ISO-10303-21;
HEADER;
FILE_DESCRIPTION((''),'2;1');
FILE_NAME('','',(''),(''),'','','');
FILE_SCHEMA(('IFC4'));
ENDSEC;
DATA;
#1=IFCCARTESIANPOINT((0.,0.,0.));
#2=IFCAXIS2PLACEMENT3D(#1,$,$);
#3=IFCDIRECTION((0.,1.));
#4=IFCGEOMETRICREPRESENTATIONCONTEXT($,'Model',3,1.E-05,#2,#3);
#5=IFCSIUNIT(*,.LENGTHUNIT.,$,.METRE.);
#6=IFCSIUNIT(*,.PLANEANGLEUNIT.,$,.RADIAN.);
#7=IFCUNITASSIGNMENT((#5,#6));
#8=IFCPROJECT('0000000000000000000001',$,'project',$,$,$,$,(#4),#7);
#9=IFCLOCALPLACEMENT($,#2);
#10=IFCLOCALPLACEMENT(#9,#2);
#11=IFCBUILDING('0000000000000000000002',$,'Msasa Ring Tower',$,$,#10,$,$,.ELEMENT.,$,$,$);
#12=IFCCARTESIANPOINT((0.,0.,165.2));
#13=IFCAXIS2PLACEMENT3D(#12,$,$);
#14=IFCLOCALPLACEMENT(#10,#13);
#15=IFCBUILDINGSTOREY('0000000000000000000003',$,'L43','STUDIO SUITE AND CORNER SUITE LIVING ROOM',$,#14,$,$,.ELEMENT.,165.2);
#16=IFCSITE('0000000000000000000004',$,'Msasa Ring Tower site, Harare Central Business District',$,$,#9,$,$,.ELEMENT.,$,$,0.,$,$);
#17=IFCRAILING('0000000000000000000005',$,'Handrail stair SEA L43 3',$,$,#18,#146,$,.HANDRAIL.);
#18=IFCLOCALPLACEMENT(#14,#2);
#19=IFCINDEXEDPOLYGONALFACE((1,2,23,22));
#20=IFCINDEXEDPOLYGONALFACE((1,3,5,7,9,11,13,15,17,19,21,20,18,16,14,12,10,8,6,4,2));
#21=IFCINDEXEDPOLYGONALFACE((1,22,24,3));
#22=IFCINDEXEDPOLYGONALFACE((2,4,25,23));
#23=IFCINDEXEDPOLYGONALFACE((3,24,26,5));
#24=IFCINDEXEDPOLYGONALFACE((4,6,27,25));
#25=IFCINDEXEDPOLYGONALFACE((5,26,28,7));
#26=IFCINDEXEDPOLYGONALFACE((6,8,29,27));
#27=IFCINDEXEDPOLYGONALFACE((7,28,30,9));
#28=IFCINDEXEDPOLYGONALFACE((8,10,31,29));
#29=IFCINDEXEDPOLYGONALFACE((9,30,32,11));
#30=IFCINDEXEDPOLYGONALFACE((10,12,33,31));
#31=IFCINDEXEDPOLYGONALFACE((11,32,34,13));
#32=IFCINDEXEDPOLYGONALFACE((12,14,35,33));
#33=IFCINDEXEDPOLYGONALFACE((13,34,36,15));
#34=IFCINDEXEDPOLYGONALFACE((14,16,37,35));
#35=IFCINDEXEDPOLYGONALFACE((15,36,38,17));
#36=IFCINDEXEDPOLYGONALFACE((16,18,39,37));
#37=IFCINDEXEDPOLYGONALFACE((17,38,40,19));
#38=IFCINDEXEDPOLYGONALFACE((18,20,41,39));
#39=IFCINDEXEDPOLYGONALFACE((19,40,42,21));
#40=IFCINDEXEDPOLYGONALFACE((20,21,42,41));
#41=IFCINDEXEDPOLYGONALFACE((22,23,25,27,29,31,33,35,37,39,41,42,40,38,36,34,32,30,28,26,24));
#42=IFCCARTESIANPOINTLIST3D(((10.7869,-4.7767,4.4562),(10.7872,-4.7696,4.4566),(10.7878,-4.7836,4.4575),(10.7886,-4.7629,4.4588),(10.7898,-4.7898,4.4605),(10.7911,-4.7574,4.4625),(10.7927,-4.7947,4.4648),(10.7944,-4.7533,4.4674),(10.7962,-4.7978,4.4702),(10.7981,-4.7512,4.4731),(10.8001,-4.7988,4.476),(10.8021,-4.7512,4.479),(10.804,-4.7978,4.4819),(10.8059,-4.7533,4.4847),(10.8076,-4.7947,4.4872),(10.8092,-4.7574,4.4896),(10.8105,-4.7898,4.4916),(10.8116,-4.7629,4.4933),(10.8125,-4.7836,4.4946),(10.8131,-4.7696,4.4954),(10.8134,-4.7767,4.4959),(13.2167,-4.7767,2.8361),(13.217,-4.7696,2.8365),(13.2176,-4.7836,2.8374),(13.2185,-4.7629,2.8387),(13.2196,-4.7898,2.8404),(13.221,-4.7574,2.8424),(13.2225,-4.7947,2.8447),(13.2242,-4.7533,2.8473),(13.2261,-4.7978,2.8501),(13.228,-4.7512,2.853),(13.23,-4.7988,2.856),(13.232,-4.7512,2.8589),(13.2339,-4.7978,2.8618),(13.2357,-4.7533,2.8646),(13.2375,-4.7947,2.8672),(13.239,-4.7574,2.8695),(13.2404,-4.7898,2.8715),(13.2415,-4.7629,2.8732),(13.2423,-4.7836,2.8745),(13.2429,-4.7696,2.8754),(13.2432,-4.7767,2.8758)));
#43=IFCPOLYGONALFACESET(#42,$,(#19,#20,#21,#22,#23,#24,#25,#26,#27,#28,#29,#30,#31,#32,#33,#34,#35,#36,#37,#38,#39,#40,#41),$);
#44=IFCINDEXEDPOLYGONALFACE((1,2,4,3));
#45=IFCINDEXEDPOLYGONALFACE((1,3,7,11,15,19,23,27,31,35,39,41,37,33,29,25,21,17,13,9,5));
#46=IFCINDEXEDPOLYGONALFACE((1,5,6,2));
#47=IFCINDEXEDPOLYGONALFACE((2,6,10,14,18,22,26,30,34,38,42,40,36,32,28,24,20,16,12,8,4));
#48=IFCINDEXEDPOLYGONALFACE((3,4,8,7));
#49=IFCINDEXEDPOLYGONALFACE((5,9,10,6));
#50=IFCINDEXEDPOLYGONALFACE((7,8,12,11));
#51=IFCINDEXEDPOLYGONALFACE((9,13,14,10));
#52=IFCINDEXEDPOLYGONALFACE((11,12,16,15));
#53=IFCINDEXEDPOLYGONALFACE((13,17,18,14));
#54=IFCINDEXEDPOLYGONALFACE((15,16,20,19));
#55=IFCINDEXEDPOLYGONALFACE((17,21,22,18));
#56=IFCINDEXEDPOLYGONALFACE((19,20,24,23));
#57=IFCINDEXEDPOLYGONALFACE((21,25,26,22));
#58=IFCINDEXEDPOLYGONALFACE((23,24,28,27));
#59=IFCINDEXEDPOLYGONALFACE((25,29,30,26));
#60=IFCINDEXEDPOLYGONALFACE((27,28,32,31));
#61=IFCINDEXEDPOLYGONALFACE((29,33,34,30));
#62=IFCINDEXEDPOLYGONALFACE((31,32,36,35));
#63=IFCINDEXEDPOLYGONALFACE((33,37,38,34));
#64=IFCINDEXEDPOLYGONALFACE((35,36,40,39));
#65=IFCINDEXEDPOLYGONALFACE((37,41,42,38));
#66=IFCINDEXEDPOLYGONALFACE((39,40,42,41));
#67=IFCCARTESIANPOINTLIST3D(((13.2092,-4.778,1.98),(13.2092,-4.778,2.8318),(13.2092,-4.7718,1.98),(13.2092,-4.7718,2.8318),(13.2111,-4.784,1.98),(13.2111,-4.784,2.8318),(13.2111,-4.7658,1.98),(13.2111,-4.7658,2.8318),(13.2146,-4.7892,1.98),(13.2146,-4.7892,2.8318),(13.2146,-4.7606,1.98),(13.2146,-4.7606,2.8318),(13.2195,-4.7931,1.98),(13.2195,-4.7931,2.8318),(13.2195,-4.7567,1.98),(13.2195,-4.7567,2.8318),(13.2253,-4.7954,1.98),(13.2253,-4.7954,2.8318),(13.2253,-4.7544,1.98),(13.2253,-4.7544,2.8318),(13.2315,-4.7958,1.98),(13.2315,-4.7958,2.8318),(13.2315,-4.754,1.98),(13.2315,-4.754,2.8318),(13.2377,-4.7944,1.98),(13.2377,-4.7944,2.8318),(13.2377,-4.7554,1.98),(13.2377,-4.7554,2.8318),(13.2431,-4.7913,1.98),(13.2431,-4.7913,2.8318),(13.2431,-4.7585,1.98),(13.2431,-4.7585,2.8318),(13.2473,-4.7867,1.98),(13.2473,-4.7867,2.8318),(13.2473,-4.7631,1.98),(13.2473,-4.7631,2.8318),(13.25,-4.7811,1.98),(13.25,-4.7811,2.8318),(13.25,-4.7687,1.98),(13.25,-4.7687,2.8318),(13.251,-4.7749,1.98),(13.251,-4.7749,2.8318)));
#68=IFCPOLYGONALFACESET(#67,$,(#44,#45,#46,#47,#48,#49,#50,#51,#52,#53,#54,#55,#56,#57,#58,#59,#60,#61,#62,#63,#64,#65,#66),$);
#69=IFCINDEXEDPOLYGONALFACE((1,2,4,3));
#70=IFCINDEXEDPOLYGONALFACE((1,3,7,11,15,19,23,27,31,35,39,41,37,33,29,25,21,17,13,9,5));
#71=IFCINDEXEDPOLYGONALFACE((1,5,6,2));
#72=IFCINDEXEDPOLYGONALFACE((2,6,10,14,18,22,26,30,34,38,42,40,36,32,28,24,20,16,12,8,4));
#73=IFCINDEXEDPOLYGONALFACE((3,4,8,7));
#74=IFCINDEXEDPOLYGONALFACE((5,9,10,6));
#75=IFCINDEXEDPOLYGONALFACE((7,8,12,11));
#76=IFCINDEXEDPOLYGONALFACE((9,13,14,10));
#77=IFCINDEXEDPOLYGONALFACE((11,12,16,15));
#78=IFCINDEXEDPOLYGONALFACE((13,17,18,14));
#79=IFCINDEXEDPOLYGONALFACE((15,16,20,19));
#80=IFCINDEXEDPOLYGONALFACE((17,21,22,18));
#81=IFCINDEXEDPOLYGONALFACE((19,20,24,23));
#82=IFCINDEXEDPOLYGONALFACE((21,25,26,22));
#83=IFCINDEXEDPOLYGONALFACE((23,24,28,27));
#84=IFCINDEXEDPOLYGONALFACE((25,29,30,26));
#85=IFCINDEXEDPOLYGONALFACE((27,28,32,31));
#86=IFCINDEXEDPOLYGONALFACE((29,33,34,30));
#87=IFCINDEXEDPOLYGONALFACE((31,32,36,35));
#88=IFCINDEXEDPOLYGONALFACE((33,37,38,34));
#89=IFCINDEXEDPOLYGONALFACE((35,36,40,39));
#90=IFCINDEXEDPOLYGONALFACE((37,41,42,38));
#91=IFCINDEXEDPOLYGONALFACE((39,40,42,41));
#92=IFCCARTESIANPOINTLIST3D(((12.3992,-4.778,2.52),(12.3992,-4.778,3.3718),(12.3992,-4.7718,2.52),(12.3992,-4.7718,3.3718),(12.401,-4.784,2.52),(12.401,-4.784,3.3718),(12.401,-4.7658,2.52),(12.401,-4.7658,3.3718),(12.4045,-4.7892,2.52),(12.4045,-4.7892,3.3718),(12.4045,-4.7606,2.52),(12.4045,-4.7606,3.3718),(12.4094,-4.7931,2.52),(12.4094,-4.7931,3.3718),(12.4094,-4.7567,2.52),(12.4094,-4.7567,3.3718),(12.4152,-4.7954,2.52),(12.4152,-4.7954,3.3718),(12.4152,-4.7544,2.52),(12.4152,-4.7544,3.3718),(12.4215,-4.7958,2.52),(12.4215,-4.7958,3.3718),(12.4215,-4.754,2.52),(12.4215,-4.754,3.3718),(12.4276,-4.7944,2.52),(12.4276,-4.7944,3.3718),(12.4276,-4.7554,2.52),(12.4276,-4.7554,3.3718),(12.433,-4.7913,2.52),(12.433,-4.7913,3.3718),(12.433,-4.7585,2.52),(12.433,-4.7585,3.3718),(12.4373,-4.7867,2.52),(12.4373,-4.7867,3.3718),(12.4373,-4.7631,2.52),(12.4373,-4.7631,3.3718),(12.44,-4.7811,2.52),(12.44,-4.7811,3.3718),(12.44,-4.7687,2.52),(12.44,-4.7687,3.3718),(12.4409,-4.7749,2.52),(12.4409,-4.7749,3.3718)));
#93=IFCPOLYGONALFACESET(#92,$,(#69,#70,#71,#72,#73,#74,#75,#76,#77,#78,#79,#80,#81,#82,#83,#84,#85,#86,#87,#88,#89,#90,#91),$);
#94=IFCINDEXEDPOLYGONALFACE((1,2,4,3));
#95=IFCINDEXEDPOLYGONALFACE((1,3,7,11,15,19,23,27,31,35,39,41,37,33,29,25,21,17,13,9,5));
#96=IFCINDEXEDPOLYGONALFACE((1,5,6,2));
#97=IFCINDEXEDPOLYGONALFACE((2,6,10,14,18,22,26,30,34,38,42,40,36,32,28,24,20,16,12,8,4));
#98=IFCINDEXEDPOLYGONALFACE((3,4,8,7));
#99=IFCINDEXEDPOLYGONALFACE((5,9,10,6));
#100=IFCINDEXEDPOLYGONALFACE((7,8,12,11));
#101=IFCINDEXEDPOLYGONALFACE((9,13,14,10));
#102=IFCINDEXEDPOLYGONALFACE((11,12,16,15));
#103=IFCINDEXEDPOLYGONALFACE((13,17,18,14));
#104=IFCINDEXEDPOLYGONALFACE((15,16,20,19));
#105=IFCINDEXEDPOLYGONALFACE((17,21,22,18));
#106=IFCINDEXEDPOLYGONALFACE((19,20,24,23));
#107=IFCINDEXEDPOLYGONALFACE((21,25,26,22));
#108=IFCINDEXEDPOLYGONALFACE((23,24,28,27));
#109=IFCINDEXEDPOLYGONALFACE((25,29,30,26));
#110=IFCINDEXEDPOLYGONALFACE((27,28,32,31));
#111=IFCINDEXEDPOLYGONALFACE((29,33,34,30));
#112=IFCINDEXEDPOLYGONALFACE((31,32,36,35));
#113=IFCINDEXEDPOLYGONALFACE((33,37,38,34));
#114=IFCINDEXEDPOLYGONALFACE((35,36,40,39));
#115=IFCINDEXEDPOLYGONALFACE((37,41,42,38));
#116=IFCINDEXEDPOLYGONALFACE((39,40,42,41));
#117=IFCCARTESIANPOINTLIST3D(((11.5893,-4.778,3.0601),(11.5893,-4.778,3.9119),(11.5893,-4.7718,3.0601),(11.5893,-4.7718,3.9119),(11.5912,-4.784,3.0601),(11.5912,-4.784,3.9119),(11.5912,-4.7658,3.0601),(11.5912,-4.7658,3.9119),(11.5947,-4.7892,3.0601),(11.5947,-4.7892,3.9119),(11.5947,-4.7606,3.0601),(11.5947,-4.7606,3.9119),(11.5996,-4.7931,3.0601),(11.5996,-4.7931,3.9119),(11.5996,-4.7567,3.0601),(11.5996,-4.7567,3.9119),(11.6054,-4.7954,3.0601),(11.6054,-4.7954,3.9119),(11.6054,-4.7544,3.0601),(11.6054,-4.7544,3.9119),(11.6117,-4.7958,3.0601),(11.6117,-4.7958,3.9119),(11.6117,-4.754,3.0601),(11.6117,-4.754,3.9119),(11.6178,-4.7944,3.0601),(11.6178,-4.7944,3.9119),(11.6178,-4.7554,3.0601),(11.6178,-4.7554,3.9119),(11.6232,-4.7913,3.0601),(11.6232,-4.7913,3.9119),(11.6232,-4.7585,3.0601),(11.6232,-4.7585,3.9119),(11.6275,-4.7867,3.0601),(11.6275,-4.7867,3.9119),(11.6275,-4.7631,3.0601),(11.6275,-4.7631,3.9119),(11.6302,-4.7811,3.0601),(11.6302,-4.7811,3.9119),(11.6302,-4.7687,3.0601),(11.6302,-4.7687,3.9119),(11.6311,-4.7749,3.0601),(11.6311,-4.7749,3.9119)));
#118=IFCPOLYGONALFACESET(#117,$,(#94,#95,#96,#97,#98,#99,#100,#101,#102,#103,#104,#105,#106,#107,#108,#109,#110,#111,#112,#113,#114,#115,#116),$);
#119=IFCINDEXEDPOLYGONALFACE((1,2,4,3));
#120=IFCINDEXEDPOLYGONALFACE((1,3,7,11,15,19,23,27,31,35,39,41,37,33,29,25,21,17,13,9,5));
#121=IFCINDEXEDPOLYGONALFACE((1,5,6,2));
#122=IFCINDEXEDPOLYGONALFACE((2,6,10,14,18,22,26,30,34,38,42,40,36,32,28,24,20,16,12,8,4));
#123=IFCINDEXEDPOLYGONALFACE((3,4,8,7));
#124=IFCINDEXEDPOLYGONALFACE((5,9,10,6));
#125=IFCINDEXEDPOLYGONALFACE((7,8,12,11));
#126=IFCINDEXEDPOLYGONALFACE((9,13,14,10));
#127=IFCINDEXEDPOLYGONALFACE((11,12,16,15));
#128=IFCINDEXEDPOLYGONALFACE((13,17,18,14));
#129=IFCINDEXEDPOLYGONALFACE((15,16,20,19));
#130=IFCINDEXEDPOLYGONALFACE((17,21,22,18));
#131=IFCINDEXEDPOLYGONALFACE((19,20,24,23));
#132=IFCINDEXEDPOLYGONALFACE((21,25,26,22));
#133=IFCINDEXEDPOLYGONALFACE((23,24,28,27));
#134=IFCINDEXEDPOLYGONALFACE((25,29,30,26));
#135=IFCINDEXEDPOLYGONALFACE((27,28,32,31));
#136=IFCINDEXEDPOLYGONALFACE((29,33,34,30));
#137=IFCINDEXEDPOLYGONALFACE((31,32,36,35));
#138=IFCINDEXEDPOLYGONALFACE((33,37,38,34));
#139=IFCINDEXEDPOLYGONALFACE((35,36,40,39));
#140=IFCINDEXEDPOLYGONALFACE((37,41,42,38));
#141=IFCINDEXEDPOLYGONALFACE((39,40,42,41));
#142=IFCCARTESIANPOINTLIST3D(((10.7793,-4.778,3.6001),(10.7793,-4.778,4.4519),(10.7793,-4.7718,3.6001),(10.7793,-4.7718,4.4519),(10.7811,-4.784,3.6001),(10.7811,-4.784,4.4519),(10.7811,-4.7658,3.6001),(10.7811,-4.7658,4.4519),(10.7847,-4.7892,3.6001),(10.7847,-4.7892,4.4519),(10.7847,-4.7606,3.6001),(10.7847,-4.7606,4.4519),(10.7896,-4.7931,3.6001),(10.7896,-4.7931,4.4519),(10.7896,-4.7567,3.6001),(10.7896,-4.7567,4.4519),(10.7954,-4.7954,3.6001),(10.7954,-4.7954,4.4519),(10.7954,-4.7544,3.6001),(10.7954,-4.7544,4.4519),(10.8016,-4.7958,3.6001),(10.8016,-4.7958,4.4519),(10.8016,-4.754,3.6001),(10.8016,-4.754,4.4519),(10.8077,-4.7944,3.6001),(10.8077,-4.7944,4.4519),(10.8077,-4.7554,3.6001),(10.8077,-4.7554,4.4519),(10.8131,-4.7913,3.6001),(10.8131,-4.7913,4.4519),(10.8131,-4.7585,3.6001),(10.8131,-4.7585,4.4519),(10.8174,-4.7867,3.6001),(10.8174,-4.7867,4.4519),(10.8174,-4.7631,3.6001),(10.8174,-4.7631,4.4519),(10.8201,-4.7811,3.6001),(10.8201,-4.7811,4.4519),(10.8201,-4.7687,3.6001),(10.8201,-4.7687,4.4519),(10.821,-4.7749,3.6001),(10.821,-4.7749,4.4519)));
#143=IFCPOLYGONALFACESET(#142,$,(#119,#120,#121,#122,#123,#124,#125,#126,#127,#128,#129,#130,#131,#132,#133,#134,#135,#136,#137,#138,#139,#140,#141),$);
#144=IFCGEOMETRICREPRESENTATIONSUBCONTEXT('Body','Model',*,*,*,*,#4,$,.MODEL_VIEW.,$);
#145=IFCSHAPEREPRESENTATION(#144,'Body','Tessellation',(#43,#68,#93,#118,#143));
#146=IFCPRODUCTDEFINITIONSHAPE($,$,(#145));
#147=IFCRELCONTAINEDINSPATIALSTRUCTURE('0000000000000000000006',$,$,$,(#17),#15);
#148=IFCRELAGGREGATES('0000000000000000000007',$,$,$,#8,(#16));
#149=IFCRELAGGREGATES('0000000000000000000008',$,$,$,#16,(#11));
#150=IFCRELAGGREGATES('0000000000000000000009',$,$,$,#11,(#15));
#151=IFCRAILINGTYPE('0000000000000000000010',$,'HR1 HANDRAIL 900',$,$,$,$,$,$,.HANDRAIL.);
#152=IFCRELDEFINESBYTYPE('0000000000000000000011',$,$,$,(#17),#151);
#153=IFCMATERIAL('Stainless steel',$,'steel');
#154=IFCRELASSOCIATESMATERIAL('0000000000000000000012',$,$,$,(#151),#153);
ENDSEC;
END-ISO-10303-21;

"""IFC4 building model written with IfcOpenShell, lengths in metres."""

from ifc_helpers import new_model, si_unit, direction, frame, origin, origin_2d, place, context, subcontext, project, spatial, circle, extrude, material, type_object, element, save


model = new_model("IFC4")

# Units and contexts
model_context = context("Model", 3, precision=1e-05, world=origin(), true_north=direction((0.0, 1.0)))
body_context = subcontext(model_context, "Body", "Model", "MODEL_VIEW")
ifc_project = project(units=[si_unit("LENGTHUNIT", "METRE"), si_unit("PLANEANGLEUNIT", "RADIAN")], contexts=[model_context])

# Site, building, storey
site_placement = place(None, origin())
site = spatial("IfcSite", under=ifc_project, at=site_placement, Name="Msasa Ring Tower site, Harare Central Business District", CompositionType="ELEMENT", RefElevation=0.0)
building_placement = place(site_placement, origin())
building = spatial("IfcBuilding", under=site, at=building_placement, Name="Msasa Ring Tower", CompositionType="ELEMENT")
storey_placement = place(building_placement, frame((0.0, 0.0, 165.2)))
storey = spatial("IfcBuildingStorey", under=building, at=storey_placement, Name="L43", Description="STUDIO SUITE AND CORNER SUITE LIVING ROOM", CompositionType="ELEMENT", Elevation=165.2)

# Railing
ifc_material_1 = material(Name="Stainless steel", Category="steel")
railing_type = type_object("IfcRailingType", Name="HR1 HANDRAIL 900", PredefinedType="HANDRAIL", material=ifc_material_1)
for number, where, name in (
    (1, (13.23, -4.7749, 1.98), "Handrail stair SEA L43 3"),
):
    element("IfcRailing", number, at=place(storey_placement, frame(where)), inside=storey, type_object=railing_type, Name=name, PredefinedType="HANDRAIL", context=body_context, shape_type="SweptSolid", body=[
        extrude(circle(Radius=0.0239, at=origin_2d()), frame((0.0, 0.0, 0.876), z_axis=(-0.832025, 0.0, 0.554739), x_axis=(0.0, -1.0, 0.0)), (0.0, 0.0, 1.0), 2.9204),
        extrude(circle(Radius=0.021, at=origin_2d()), origin(), (0.0, 0.0, 1.0), 0.8518),
        extrude(circle(Radius=0.021, at=origin_2d()), frame((-0.8101, 0.0, 0.54)), (0.0, 0.0, 1.0), 0.8518),
        extrude(circle(Radius=0.021, at=origin_2d()), frame((-1.6199, 0.0, 1.0801)), (0.0, 0.0, 1.0), 0.8518),
        extrude(circle(Radius=0.021, at=origin_2d()), frame((-2.4299, 0.0, 1.6201)), (0.0, 0.0, 1.0), 0.8518),
    ])

save(model, "model.ifc")
